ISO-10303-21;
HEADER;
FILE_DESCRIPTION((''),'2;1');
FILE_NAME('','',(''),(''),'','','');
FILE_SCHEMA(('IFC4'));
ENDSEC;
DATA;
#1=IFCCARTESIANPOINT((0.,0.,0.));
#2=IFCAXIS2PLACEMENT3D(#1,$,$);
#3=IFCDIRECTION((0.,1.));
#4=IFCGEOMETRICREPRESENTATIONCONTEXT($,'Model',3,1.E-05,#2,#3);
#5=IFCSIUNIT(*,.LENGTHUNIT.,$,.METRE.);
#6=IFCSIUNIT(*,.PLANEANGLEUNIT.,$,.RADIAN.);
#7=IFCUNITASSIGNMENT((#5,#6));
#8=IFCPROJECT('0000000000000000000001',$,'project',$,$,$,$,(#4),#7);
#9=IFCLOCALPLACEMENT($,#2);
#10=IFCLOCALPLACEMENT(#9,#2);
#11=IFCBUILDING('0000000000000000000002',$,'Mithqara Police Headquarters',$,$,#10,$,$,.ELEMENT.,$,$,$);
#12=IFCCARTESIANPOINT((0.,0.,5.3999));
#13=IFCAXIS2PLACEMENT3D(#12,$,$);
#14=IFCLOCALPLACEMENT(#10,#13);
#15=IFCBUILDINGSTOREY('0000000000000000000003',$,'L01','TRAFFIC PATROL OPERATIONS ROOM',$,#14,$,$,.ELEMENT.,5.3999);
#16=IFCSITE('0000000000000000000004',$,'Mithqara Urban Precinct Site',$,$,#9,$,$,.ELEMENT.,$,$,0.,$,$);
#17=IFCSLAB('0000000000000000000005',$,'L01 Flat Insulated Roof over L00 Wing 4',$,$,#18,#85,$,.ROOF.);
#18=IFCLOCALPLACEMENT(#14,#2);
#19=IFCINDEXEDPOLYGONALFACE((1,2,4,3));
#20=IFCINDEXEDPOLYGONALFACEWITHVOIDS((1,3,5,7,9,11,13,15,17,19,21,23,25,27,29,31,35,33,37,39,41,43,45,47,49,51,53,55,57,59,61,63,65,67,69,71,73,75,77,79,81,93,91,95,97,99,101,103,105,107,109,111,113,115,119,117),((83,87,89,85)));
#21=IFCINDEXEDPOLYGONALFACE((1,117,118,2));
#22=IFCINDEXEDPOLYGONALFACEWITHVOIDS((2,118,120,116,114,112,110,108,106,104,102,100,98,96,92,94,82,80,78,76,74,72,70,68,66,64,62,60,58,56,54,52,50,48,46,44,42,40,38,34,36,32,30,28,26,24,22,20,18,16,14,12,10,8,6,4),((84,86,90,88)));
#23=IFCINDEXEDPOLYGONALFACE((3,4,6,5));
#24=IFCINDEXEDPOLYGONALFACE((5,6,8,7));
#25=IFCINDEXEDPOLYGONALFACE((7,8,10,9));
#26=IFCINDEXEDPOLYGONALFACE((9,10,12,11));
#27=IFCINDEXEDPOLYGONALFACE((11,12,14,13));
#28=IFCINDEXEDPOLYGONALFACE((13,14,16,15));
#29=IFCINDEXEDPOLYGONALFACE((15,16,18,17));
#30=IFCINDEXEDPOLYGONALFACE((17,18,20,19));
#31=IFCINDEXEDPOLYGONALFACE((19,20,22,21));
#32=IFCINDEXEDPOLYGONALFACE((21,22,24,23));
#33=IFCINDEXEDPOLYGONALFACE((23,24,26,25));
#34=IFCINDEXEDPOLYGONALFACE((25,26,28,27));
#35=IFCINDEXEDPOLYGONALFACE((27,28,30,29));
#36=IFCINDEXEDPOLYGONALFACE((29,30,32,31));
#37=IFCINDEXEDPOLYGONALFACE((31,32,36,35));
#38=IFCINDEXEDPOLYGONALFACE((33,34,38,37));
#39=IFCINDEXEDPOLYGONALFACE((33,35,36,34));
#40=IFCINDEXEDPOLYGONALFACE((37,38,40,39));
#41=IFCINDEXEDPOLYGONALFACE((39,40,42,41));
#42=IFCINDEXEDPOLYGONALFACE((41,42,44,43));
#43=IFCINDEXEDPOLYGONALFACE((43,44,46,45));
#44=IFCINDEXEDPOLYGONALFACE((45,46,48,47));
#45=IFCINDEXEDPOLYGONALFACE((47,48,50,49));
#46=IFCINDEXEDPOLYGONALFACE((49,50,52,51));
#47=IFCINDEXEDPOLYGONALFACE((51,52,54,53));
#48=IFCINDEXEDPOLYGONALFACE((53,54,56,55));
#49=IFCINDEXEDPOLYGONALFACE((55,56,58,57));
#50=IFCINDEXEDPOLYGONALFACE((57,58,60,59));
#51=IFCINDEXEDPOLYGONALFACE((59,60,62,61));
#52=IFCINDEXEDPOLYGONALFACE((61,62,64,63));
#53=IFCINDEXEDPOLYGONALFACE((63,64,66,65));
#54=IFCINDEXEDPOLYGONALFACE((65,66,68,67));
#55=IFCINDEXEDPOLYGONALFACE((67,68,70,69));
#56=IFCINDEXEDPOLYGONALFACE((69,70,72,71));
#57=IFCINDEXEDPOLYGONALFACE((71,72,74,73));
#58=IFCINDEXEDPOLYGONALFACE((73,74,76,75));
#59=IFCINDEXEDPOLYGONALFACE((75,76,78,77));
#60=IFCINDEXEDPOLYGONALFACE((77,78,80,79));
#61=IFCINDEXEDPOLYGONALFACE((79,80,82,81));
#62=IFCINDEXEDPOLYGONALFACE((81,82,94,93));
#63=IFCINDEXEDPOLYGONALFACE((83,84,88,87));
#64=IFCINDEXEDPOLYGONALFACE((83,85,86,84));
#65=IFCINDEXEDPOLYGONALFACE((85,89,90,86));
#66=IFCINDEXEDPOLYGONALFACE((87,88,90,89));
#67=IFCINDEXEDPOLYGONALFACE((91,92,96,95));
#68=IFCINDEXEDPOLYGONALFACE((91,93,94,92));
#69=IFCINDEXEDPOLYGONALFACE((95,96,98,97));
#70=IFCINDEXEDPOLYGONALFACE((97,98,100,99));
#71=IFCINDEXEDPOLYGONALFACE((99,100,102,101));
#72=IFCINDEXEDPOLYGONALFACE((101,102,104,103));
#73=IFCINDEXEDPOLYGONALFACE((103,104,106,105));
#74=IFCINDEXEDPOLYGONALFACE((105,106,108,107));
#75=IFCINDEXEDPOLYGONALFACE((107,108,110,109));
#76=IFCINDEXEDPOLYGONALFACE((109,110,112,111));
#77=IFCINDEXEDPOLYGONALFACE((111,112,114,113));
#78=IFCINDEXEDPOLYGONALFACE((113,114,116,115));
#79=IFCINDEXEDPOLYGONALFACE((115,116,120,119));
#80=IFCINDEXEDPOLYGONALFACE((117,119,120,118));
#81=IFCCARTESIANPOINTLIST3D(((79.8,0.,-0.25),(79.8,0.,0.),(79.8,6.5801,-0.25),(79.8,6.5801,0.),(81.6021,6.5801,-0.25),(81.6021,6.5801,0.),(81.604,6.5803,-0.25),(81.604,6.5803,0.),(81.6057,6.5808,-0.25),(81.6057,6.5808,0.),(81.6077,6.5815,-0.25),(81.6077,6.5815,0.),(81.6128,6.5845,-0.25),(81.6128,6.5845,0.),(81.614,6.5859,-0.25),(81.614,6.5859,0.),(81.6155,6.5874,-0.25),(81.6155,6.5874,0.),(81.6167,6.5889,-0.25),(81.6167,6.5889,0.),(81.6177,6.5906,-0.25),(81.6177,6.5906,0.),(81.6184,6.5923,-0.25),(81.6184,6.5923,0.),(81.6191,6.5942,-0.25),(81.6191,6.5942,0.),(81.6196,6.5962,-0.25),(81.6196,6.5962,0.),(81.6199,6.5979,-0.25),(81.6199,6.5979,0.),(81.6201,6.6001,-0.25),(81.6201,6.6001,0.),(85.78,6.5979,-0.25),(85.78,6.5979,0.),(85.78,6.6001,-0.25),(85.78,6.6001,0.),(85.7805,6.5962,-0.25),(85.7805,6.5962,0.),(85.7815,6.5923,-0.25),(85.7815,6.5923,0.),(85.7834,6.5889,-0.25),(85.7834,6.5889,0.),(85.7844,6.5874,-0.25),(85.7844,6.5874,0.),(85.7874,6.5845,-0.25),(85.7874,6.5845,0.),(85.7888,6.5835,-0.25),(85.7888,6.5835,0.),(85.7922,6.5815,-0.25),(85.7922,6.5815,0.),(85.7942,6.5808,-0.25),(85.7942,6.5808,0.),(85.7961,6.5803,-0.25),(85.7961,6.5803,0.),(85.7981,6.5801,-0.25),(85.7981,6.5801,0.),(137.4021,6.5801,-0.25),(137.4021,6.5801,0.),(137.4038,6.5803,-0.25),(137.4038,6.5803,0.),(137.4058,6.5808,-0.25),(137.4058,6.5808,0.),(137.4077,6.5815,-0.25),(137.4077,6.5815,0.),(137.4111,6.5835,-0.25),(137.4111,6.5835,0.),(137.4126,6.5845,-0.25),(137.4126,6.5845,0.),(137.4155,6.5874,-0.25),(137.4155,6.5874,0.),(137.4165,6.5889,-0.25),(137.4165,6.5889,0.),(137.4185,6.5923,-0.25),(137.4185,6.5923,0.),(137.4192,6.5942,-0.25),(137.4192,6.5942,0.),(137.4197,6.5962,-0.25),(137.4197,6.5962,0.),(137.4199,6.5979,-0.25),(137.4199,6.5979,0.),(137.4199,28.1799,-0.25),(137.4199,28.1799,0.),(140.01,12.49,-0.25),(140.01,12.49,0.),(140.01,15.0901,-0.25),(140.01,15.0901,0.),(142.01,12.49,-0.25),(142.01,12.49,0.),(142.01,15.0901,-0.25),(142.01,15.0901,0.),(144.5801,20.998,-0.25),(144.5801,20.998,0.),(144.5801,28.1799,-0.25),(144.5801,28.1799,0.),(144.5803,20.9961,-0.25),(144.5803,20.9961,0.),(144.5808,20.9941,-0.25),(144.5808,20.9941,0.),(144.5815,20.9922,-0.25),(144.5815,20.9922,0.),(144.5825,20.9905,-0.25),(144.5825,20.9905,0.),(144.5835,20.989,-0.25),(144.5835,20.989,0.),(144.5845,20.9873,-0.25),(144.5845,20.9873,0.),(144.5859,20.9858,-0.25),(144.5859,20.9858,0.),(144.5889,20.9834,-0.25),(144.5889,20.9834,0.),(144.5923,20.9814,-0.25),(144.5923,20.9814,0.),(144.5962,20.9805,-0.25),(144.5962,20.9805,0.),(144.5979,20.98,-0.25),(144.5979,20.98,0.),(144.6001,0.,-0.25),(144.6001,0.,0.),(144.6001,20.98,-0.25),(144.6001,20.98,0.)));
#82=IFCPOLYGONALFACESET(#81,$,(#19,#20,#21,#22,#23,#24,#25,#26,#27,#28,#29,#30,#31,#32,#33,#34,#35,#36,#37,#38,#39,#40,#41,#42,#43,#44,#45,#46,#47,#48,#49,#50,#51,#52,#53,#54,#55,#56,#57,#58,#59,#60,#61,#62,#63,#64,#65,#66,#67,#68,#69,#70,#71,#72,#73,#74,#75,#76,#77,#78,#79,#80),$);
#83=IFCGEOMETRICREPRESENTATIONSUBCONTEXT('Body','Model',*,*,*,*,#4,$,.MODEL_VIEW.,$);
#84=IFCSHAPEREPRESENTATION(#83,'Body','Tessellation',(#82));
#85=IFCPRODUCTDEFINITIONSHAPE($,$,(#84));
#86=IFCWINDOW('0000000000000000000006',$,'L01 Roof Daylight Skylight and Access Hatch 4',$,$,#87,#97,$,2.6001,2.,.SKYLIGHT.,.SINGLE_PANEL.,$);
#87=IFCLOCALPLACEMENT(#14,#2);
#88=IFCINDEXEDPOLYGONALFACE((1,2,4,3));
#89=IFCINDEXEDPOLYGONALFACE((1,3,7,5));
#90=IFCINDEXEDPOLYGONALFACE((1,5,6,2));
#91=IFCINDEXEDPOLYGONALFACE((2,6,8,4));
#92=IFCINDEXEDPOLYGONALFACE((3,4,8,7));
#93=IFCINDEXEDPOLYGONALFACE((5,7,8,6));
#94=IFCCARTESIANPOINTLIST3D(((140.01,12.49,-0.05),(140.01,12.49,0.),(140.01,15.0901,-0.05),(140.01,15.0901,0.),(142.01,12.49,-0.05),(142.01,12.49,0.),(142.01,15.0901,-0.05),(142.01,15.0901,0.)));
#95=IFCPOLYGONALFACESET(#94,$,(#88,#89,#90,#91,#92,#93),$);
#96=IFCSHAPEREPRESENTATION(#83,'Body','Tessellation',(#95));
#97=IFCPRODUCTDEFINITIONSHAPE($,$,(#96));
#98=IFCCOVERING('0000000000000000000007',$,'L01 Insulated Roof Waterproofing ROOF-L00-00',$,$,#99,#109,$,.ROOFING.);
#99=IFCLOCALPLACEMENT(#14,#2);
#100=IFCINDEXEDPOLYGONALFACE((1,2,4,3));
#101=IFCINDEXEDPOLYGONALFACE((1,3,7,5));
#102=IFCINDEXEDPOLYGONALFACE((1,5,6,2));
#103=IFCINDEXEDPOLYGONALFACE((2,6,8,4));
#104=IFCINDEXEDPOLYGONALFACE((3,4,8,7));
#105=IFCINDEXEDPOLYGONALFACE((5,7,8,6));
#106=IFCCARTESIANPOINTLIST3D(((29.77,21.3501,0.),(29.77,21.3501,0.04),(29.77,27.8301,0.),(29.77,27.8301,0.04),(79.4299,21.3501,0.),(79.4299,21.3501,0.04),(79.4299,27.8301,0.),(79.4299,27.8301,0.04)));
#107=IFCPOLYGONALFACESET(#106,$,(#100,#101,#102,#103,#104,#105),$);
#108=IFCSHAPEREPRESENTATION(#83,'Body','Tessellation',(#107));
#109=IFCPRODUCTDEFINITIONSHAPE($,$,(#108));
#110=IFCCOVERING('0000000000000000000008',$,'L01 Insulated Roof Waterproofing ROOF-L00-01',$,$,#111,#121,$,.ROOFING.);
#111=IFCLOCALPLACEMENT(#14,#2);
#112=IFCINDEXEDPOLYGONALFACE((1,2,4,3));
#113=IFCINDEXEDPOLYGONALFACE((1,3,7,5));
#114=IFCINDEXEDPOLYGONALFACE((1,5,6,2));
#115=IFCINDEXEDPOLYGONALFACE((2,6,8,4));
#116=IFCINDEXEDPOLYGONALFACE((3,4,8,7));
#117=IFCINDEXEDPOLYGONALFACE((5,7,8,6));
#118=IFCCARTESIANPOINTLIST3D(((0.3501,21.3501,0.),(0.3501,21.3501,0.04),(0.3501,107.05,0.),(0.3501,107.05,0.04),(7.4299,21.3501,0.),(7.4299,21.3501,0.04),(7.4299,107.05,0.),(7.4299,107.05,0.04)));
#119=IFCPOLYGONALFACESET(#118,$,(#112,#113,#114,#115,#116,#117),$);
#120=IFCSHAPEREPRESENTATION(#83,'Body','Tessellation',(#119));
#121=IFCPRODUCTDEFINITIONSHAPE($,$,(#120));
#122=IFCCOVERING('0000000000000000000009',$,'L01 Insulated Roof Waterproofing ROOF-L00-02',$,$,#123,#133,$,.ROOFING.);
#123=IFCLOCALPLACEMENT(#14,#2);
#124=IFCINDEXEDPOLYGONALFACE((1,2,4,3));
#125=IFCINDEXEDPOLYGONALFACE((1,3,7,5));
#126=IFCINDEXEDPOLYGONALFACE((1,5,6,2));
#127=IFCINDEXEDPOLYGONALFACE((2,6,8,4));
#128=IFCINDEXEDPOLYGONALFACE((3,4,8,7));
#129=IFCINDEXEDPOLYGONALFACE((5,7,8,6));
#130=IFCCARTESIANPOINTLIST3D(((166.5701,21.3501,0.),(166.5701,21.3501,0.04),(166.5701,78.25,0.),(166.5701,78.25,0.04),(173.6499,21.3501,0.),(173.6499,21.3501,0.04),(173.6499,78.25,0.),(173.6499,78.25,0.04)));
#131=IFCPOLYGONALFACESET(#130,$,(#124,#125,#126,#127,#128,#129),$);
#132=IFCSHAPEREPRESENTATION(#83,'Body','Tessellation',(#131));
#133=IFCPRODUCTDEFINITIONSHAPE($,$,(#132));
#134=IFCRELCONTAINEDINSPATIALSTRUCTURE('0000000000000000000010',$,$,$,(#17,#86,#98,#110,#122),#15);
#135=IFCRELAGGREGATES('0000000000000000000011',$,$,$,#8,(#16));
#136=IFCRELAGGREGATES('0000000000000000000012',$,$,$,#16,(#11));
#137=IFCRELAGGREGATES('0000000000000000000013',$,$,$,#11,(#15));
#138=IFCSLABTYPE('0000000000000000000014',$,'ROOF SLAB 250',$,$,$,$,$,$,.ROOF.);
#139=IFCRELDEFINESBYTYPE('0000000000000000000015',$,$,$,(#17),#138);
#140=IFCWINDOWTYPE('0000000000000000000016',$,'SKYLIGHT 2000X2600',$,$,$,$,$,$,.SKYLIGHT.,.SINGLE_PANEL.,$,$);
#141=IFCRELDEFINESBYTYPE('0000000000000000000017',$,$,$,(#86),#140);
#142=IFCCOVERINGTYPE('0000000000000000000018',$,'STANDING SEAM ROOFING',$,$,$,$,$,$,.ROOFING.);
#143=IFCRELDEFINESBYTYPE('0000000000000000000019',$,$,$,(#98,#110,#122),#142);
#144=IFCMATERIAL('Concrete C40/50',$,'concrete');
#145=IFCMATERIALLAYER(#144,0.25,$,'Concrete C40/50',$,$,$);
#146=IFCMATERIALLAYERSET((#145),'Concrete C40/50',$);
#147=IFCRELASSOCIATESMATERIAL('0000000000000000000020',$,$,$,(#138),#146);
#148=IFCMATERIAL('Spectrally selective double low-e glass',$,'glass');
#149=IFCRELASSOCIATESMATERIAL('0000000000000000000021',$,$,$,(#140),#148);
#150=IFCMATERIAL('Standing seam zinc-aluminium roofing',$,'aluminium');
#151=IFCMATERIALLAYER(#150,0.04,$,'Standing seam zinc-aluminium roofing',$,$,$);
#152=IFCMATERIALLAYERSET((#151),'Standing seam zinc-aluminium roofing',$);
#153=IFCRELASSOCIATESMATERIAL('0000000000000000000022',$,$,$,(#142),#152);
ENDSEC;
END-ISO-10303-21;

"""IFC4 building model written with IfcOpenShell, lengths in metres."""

from ifc_helpers import new_model, si_unit, direction, frame, origin, origin_2d, place, context, subcontext, project, spatial, polyline, rectangle, outline, extrude, material, layer, layer_set, type_object, element, fill, save


model = new_model("IFC4")

# Units and contexts
model_context = context("Model", 3, precision=1e-05, world=origin(), true_north=direction((0.0, 1.0)))
body_context = subcontext(model_context, "Body", "Model", "MODEL_VIEW")
ifc_project = project(units=[si_unit("LENGTHUNIT", "METRE"), si_unit("PLANEANGLEUNIT", "RADIAN")], contexts=[model_context])

# Site, building, storey
site_placement = place(None, origin())
site = spatial("IfcSite", under=ifc_project, at=site_placement, Name="Mithqara Urban Precinct Site", CompositionType="ELEMENT", RefElevation=0.0)
building_placement = place(site_placement, origin())
building = spatial("IfcBuilding", under=site, at=building_placement, Name="Mithqara Police Headquarters", CompositionType="ELEMENT")
storey_placement = place(building_placement, frame((0.0, 0.0, 5.3999)))
storey = spatial("IfcBuildingStorey", under=building, at=storey_placement, Name="L01", Description="TRAFFIC PATROL OPERATIONS ROOM", CompositionType="ELEMENT", Elevation=5.3999)

# Shared definitions
ifc_material_1 = material(Name="Concrete C40/50", Category="concrete")

# Slab, opening, window
ifc_layer_1 = layer(ifc_material_1, 0.25, Name="Concrete C40/50")
ifc_layer_set_1 = layer_set([ifc_layer_1], Name="Concrete C40/50")
slab_type_1 = type_object("IfcSlabType", Name="ROOF SLAB 250", PredefinedType="ROOF", material=ifc_layer_set_1)
ifc_material_2 = material(Name="Spectrally selective double low-e glass", Category="glass")
slab_1_placement = place(storey_placement, frame((0.0, 0.0, -0.25)))
slab_1 = element("IfcSlab", 1, at=slab_1_placement, inside=storey, type_object=slab_type_1, Name="L01 Flat Insulated Roof over L00 Wing 4", PredefinedType="ROOF", context=body_context, shape_type="SweptSolid", body=[
    extrude(outline(polyline([(144.6001, 0.0), (79.8, 0.0), (79.8, 6.5801), (81.6001, 6.5801), (81.6021, 6.5801), (81.604, 6.5803), (81.6057, 6.5808), (81.6077, 6.5815), (81.6094, 6.5825), (81.6111, 6.5835), (81.6128, 6.5845), (81.614, 6.5859), (81.6155, 6.5874), (81.6167, 6.5889), (81.6177, 6.5906), (81.6184, 6.5923), (81.6191, 6.5942), (81.6196, 6.5962), (81.6199, 6.5979), (81.6201, 6.6001), (85.78, 6.6001), (85.78, 6.5979), (85.7805, 6.5962), (85.781, 6.5942), (85.7815, 6.5923), (85.7825, 6.5906), (85.7834, 6.5889), (85.7844, 6.5874), (85.7859, 6.5859), (85.7874, 6.5845), (85.7888, 6.5835), (85.7905, 6.5825), (85.7922, 6.5815), (85.7942, 6.5808), (85.7961, 6.5803), (85.7981, 6.5801), (85.8, 6.5801), (137.3999, 6.5801), (137.4021, 6.5801), (137.4038, 6.5803), (137.4058, 6.5808), (137.4077, 6.5815), (137.4094, 6.5825), (137.4111, 6.5835), (137.4126, 6.5845), (137.4141, 6.5859), (137.4155, 6.5874), (137.4165, 6.5889), (137.4175, 6.5906), (137.4185, 6.5923), (137.4192, 6.5942), (137.4197, 6.5962), (137.4199, 6.5979), (137.4199, 6.6001), (137.4199, 28.1799), (144.5801, 28.1799), (144.5801, 21.0), (144.5801, 20.998), (144.5803, 20.9961), (144.5808, 20.9941), (144.5815, 20.9922), (144.5825, 20.9905), (144.5835, 20.989), (144.5845, 20.9873), (144.5859, 20.9858), (144.5874, 20.9846), (144.5889, 20.9834), (144.5906, 20.9824), (144.5923, 20.9814), (144.5942, 20.981), (144.5962, 20.9805), (144.5979, 20.98), (144.6001, 20.98), (144.6001, 0.0)]), holes=[polyline([(140.01, 12.49), (142.01, 12.49), (142.01, 15.0901), (140.01, 15.0901), (140.01, 12.49)])]), origin(), (0.0, 0.0, 1.0), 0.25),
])
opening_1_placement = place(slab_1_placement, frame((141.01, 13.79, -0.01)))
opening_1 = element("IfcOpeningElement", 2, at=opening_1_placement, cuts=slab_1, PredefinedType="OPENING", context=body_context, shape_type="SweptSolid", body=[
    extrude(rectangle(XDim=2.0, YDim=2.6001, at=origin_2d()), origin(), (0.0, 0.0, 1.0), 0.27),
])
window_type_1 = type_object("IfcWindowType", Name="SKYLIGHT 2000X2600", PartitioningType="SINGLE_PANEL", PredefinedType="SKYLIGHT", material=ifc_material_2)
window_1_placement = place(opening_1_placement, frame((0.0, 0.0, 0.21)))
window_1 = element("IfcWindow", 3, at=window_1_placement, inside=storey, type_object=window_type_1, Name="L01 Roof Daylight Skylight and Access Hatch 4", OverallHeight=2.6001, OverallWidth=2.0, PartitioningType="SINGLE_PANEL", PredefinedType="SKYLIGHT", context=body_context, shape_type="SweptSolid", body=[
    extrude(rectangle(XDim=2.0, YDim=2.6001, at=origin_2d()), origin(), (0.0, 0.0, 1.0), 0.05),
])
fill(opening_1, window_1)

# Coverings
ifc_material_3 = material(Name="Standing seam zinc-aluminium roofing", Category="aluminium")
ifc_layer_2 = layer(ifc_material_3, 0.04, Name="Standing seam zinc-aluminium roofing")
ifc_layer_set_2 = layer_set([ifc_layer_2], Name="Standing seam zinc-aluminium roofing")
covering_type_1 = type_object("IfcCoveringType", Name="STANDING SEAM ROOFING", PredefinedType="ROOFING", material=ifc_layer_set_2)
covering_1_placement = place(storey_placement, origin())
element("IfcCovering", 4, at=covering_1_placement, inside=storey, type_object=covering_type_1, Name="L01 Insulated Roof Waterproofing ROOF-L00-00", PredefinedType="ROOFING", context=body_context, shape_type="SweptSolid", body=[
    extrude(outline(polyline([(29.77, 21.3501), (29.77, 27.8301), (79.4299, 27.8301), (79.4299, 21.3501), (29.77, 21.3501)])), origin(), (0.0, 0.0, 1.0), 0.04),
])
covering_2_placement = place(storey_placement, origin())
element("IfcCovering", 5, at=covering_2_placement, inside=storey, type_object=covering_type_1, Name="L01 Insulated Roof Waterproofing ROOF-L00-01", PredefinedType="ROOFING", context=body_context, shape_type="SweptSolid", body=[
    extrude(outline(polyline([(0.3501, 21.3501), (0.3501, 107.05), (7.4299, 107.05), (7.4299, 21.3501), (0.3501, 21.3501)])), origin(), (0.0, 0.0, 1.0), 0.04),
])
covering_3_placement = place(storey_placement, origin())
element("IfcCovering", 6, at=covering_3_placement, inside=storey, type_object=covering_type_1, Name="L01 Insulated Roof Waterproofing ROOF-L00-02", PredefinedType="ROOFING", context=body_context, shape_type="SweptSolid", body=[
    extrude(outline(polyline([(173.6499, 78.25), (173.6499, 21.3501), (166.5701, 21.3501), (166.5701, 78.25), (173.6499, 78.25)])), origin(), (0.0, 0.0, 1.0), 0.04),
])

save(model, "model.ifc")
